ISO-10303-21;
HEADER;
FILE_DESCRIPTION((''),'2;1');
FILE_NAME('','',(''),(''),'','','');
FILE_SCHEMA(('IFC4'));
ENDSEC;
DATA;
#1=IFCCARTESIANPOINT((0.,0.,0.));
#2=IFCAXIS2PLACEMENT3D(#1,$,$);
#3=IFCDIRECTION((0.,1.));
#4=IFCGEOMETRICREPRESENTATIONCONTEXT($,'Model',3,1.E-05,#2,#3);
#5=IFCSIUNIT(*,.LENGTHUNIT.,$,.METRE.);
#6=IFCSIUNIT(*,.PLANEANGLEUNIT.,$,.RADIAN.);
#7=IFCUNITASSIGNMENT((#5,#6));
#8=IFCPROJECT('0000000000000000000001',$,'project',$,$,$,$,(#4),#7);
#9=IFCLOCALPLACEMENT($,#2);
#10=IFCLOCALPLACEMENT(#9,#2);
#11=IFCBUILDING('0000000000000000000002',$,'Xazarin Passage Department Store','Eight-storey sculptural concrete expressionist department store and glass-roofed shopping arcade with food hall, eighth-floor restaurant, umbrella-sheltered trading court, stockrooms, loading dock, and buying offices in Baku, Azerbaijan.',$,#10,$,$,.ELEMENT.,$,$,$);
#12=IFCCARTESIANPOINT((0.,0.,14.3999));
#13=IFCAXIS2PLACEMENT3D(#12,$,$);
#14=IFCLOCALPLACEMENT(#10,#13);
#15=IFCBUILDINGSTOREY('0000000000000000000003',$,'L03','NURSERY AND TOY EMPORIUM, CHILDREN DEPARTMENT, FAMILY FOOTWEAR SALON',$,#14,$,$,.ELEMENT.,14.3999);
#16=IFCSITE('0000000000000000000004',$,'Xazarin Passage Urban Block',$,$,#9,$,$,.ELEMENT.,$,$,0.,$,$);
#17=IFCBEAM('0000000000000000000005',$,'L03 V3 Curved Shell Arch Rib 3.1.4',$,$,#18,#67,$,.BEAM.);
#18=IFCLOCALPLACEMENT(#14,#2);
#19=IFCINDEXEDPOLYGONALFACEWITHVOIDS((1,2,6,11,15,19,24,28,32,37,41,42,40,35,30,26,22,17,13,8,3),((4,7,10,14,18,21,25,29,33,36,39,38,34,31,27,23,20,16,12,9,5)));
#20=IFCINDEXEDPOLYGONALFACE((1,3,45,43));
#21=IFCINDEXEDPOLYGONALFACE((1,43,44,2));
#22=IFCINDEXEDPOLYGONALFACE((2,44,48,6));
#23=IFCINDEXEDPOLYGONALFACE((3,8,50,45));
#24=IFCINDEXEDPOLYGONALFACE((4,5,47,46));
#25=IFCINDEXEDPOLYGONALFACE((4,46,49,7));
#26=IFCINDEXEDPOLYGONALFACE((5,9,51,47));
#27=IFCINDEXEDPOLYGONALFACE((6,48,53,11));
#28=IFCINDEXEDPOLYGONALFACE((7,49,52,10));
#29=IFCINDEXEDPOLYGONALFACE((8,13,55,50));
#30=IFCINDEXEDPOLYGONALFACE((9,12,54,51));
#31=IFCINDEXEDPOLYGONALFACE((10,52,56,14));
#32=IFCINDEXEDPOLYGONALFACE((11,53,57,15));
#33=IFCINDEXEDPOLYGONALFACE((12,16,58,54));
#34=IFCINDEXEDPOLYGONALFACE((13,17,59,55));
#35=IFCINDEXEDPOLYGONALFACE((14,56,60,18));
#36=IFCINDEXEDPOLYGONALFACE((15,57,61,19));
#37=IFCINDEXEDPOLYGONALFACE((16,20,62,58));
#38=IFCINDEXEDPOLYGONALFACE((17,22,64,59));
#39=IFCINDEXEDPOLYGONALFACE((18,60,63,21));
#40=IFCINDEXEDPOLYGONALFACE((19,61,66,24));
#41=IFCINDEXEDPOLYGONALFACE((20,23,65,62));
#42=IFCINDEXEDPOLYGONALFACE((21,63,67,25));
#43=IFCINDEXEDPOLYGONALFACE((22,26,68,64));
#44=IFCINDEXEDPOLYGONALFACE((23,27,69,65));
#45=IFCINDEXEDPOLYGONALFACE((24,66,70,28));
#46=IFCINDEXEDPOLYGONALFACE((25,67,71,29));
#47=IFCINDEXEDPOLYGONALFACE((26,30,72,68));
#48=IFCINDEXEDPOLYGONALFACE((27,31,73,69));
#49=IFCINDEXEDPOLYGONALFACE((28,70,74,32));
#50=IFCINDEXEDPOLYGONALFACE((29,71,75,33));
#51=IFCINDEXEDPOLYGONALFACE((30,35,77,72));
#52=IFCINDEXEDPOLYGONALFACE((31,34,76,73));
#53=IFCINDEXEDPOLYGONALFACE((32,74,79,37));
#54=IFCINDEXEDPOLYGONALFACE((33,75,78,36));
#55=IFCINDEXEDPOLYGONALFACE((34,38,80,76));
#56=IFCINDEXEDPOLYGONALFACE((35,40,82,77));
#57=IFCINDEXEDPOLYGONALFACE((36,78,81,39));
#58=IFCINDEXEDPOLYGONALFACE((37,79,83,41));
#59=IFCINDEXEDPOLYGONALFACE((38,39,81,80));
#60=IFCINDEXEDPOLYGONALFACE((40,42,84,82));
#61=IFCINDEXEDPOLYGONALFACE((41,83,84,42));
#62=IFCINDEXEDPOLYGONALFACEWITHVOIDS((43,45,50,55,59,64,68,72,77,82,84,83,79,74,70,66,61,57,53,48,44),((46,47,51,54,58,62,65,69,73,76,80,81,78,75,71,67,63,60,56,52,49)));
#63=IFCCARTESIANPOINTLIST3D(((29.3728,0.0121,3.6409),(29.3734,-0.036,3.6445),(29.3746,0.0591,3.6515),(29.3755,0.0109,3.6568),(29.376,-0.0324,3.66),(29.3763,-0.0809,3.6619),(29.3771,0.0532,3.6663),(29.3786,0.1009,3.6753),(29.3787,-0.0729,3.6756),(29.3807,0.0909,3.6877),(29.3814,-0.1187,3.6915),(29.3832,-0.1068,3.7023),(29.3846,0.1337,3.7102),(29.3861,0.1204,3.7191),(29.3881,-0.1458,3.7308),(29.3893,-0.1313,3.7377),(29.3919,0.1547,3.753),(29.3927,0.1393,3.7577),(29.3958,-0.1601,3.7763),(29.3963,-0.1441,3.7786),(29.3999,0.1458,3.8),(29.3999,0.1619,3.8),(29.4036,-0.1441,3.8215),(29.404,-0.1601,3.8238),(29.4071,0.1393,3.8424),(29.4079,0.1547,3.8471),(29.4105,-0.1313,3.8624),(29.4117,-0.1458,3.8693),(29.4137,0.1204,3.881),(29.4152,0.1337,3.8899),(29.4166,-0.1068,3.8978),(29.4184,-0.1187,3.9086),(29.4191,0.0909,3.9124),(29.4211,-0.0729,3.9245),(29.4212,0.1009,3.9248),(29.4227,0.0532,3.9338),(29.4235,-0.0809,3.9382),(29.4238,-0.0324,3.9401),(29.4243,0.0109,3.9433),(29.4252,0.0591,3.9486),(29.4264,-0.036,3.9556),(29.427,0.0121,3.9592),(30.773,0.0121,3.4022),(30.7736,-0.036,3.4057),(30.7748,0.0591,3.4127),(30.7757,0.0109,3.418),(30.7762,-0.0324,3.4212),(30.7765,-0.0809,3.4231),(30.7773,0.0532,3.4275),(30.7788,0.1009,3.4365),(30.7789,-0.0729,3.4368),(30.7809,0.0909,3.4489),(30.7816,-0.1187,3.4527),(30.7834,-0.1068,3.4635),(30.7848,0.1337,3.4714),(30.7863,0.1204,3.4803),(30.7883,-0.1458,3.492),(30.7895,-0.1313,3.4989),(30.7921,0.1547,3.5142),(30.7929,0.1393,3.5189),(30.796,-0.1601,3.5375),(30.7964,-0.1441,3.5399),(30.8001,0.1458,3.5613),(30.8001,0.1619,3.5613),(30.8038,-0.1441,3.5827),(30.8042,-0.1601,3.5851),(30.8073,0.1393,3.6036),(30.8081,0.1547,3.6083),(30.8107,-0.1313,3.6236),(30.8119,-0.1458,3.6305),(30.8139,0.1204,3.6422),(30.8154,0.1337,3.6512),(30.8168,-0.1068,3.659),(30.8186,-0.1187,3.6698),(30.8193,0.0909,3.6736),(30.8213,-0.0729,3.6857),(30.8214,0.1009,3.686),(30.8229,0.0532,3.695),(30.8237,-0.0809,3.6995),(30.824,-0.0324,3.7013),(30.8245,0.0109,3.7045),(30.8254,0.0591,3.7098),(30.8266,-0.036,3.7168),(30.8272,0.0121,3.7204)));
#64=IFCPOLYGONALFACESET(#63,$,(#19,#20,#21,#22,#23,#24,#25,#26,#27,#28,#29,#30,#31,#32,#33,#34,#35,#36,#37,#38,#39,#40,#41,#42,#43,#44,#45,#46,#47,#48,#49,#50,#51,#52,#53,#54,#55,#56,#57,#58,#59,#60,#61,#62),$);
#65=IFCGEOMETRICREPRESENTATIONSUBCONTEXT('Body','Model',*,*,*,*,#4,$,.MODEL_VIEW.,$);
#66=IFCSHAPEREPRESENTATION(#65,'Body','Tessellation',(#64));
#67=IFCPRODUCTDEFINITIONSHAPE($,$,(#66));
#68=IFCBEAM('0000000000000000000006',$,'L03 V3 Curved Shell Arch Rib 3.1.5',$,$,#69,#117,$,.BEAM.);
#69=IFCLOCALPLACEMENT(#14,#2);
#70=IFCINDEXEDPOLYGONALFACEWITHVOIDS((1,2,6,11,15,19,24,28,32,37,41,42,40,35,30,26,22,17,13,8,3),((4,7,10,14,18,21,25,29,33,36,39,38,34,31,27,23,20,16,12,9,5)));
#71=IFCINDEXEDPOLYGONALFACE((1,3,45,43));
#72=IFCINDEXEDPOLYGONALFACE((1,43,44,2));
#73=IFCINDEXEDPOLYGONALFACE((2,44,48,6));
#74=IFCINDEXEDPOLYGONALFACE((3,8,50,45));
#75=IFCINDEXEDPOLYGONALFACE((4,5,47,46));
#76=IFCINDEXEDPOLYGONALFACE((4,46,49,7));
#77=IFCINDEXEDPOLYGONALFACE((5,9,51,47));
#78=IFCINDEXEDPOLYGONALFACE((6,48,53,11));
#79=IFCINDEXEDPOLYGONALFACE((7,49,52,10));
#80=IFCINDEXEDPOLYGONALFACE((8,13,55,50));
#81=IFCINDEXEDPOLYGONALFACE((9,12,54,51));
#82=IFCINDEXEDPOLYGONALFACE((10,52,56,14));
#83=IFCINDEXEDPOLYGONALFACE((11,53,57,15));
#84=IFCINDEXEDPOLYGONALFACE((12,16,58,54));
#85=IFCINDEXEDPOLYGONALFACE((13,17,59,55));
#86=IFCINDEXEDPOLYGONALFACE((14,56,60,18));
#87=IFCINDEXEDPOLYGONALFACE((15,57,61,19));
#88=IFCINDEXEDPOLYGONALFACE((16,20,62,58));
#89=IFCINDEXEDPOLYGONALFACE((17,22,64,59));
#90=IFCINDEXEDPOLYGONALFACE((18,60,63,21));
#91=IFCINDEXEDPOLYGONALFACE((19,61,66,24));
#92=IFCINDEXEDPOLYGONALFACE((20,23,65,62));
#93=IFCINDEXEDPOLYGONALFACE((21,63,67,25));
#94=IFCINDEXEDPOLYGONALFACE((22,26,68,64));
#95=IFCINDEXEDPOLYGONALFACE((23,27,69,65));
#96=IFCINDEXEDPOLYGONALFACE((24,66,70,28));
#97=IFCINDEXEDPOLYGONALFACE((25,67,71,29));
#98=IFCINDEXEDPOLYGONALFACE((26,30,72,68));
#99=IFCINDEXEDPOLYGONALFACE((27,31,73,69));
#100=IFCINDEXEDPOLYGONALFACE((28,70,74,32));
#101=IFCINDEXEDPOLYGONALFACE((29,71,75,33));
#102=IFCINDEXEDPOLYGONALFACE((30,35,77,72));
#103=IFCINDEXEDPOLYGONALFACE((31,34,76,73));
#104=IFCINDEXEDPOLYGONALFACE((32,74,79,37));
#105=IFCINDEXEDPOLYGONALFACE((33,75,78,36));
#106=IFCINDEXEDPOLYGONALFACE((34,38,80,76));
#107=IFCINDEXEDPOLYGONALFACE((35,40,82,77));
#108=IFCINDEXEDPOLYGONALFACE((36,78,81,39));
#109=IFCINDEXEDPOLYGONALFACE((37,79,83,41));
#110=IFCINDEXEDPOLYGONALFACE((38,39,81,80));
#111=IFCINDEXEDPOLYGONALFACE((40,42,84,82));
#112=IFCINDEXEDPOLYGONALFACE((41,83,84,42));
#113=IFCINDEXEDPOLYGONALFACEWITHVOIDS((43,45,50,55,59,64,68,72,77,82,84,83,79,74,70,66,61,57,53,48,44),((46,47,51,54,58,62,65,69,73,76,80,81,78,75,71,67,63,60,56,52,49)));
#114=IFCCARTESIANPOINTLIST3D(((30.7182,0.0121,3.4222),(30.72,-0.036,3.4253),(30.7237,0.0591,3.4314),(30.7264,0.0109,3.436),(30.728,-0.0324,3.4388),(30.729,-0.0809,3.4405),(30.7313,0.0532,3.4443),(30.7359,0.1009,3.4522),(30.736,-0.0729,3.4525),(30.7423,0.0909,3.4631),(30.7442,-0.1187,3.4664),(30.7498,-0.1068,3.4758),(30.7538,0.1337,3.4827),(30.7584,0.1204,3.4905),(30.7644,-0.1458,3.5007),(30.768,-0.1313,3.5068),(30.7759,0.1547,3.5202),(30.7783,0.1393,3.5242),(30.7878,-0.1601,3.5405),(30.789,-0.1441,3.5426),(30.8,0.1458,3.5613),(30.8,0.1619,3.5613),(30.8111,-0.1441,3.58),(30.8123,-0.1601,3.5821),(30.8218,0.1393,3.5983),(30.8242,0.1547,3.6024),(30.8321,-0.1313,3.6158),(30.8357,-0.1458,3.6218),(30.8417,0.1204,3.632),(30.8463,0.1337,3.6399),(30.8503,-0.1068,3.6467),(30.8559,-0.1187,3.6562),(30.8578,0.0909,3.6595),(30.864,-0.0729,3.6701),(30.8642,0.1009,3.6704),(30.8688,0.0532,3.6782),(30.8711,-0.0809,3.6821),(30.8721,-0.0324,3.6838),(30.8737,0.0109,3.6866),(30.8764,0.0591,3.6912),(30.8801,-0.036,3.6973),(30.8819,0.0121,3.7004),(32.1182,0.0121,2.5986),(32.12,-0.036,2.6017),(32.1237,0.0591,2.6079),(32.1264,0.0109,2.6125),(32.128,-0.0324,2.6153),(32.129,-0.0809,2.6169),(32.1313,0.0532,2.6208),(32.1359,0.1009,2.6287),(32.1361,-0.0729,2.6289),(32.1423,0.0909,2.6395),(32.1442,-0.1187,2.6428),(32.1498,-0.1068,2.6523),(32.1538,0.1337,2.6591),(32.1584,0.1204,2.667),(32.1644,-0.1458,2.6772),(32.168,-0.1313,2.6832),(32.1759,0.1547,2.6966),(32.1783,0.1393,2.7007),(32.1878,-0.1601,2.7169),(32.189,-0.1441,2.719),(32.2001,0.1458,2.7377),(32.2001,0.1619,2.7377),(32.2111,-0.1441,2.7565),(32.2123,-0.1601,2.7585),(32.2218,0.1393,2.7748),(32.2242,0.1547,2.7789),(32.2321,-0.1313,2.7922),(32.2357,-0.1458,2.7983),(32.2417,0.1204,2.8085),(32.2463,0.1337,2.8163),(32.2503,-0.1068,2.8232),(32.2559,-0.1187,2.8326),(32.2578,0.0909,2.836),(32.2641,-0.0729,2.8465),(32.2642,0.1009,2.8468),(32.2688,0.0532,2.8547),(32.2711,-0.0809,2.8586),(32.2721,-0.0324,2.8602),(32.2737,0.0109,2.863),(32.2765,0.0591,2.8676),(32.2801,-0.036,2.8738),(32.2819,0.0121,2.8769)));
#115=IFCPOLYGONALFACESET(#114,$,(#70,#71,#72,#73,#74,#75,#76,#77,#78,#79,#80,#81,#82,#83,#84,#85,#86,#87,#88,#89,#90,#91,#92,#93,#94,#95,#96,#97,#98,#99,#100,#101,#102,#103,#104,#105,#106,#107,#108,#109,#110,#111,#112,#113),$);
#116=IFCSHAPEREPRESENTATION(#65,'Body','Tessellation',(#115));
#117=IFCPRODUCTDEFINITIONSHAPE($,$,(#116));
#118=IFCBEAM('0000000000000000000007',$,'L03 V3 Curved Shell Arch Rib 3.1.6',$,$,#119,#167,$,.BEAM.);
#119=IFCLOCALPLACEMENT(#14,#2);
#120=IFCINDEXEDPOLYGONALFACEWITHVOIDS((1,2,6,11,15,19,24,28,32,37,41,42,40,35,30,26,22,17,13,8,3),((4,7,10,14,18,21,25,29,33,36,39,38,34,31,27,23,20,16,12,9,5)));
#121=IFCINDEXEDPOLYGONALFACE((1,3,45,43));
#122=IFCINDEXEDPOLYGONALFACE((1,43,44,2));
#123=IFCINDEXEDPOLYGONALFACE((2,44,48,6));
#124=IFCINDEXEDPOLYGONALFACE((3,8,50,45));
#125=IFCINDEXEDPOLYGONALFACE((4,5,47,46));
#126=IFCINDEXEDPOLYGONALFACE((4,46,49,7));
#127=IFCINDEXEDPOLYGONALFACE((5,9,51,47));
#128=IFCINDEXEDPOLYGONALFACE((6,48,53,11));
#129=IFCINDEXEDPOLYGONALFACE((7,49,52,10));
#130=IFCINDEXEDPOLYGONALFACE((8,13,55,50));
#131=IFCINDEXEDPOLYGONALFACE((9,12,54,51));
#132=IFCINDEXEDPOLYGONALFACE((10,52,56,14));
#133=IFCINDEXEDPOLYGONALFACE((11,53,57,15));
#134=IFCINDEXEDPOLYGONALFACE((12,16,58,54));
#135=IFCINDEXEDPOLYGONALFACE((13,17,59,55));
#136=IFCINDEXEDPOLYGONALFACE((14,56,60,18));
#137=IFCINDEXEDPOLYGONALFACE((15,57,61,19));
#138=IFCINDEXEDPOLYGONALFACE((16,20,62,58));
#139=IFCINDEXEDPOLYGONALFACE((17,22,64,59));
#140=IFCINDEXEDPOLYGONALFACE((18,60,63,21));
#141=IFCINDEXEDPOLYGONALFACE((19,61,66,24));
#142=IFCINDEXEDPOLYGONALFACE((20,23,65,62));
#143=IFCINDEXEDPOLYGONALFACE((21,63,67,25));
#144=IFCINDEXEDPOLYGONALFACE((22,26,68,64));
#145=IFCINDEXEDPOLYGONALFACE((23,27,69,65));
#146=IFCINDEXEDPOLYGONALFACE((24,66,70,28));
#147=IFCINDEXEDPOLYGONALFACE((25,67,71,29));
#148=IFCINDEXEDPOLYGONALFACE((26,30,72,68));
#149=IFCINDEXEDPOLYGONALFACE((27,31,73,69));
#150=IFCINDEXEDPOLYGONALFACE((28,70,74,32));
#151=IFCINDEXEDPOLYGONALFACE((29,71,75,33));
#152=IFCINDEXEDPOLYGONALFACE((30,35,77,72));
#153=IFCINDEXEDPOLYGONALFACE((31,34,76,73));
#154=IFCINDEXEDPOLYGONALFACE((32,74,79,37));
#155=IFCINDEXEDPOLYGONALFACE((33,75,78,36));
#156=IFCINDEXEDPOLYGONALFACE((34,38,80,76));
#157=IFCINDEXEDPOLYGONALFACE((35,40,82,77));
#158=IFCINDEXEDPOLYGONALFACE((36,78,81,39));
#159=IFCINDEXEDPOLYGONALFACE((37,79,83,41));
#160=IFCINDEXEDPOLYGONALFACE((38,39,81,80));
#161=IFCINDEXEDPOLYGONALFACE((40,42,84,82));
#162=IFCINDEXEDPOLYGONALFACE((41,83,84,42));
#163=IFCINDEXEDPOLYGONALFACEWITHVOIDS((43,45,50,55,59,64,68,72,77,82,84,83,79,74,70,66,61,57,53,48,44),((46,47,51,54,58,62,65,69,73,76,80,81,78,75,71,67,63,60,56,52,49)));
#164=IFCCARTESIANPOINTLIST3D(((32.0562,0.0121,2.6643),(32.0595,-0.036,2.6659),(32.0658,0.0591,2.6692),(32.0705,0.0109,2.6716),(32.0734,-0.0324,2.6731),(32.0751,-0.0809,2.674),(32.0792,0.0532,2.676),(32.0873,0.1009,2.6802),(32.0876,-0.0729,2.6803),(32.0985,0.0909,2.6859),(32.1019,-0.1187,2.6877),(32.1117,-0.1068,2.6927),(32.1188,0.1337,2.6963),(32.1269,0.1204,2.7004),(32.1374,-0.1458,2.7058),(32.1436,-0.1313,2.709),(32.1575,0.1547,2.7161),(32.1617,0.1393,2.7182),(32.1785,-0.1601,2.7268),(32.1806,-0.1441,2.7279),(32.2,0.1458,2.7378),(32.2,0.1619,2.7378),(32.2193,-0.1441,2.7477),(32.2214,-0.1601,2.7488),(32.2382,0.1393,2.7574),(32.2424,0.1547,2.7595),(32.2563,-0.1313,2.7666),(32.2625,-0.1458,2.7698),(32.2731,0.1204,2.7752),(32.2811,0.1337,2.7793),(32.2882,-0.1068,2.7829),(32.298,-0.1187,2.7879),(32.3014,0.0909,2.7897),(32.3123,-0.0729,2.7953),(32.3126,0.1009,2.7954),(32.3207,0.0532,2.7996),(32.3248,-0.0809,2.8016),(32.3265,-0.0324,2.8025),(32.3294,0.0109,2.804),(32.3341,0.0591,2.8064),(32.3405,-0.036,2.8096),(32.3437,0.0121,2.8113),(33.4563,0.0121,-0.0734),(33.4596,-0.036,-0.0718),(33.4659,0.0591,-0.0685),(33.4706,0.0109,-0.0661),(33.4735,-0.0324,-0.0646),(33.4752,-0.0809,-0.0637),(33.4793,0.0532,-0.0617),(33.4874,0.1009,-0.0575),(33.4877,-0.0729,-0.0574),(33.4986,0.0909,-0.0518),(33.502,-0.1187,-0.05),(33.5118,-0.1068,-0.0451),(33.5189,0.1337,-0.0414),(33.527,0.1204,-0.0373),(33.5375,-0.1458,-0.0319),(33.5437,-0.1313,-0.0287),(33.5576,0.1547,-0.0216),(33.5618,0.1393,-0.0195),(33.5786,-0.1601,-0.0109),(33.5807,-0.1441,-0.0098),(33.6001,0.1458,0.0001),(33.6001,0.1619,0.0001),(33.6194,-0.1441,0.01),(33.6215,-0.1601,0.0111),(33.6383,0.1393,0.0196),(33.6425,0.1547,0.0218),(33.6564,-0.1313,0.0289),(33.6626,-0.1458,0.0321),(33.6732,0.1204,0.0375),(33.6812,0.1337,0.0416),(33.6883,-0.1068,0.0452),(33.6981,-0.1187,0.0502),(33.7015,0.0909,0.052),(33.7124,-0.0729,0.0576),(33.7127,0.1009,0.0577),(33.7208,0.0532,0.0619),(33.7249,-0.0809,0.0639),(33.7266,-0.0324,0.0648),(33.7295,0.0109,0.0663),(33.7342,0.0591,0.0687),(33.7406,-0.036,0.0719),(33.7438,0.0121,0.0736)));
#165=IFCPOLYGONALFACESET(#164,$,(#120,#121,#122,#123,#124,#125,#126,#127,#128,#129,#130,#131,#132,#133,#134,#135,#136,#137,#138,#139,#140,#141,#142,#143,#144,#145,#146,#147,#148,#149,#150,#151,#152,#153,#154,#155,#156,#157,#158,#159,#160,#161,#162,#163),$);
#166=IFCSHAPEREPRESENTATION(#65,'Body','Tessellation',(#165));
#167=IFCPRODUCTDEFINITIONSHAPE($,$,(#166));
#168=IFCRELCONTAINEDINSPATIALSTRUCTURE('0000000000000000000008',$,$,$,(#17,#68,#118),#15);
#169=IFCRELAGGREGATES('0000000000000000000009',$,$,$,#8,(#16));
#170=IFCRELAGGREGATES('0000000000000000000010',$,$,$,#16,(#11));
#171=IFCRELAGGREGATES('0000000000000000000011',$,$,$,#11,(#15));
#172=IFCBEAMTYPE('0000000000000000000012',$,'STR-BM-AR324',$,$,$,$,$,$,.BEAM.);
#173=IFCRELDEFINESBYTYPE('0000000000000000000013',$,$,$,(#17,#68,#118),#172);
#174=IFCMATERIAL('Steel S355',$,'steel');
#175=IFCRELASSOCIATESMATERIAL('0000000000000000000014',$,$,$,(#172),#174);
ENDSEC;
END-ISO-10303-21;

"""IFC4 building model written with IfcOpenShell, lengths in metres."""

from ifc_helpers import new_model, si_unit, direction, frame, origin, origin_2d, place, context, subcontext, project, spatial, hollow_circle, extrude, material, material_profile, profile_set, type_object, element, save


model = new_model("IFC4")

# Units and contexts
model_context = context("Model", 3, precision=1e-05, world=origin(), true_north=direction((0.0, 1.0)))
body_context = subcontext(model_context, "Body", "Model", "MODEL_VIEW")
ifc_project = project(units=[si_unit("LENGTHUNIT", "METRE"), si_unit("PLANEANGLEUNIT", "RADIAN")], contexts=[model_context])

# Site, building, storey
site_placement = place(None, origin())
site = spatial("IfcSite", under=ifc_project, at=site_placement, Name="Xazarin Passage Urban Block", CompositionType="ELEMENT", RefElevation=0.0)
building_placement = place(site_placement, origin())
building = spatial("IfcBuilding", under=site, at=building_placement, Name="Xazarin Passage Department Store", Description="Eight-storey sculptural concrete expressionist department store and glass-roofed shopping arcade with food hall, eighth-floor restaurant, umbrella-sheltered trading court, stockrooms, loading dock, and buying offices in Baku, Azerbaijan.", CompositionType="ELEMENT")
storey_placement = place(building_placement, frame((0.0, 0.0, 14.3999)))
storey = spatial("IfcBuildingStorey", under=building, at=storey_placement, Name="L03", Description="NURSERY AND TOY EMPORIUM, CHILDREN DEPARTMENT, FAMILY FOOTWEAR SALON", CompositionType="ELEMENT", Elevation=14.3999)

# Beams
ifc_material_1 = material(Name="Steel S355", Category="steel")
ifc_material_profile_1 = material_profile(ifc_material_1, hollow_circle(Radius=0.1619, WallThickness=0.0161, at=origin_2d()), Name="CHS 323.9x16")
ifc_profile_set_1 = profile_set([ifc_material_profile_1], Name="Steel S355")
beam_type_1 = type_object("IfcBeamType", Name="STR-BM-AR324", PredefinedType="BEAM", material=ifc_profile_set_1)
beam_1_placement = place(storey_placement, frame((29.3999, 0.0, 3.8), z_axis=(0.985769, 0.0, -0.168105), x_axis=(0.0, 1.0, 0.0)))
element("IfcBeam", 1, at=beam_1_placement, inside=storey, type_object=beam_type_1, Name="L03 V3 Curved Shell Arch Rib 3.1.4", PredefinedType="BEAM", context=body_context, shape_type="SweptSolid", body=[
    extrude(hollow_circle(Radius=0.1619, WallThickness=0.0161, at=origin_2d()), origin(), (0.0, 0.0, 1.0), 1.4204),
])
beam_2_placement = place(storey_placement, frame((30.8, 0.0, 3.5613), z_axis=(0.86193, 0.0, -0.507027), x_axis=(0.0, 1.0, 0.0)))
element("IfcBeam", 2, at=beam_2_placement, inside=storey, type_object=beam_type_1, Name="L03 V3 Curved Shell Arch Rib 3.1.5", PredefinedType="BEAM", context=body_context, shape_type="SweptSolid", body=[
    extrude(hollow_circle(Radius=0.1619, WallThickness=0.0161, at=origin_2d()), origin(), (0.0, 0.0, 1.0), 1.6243),
])
for number, where, z_axis, x_axis, name in (
    (3, (32.2, 0.0, 2.7378), (0.455325, 0.0, -0.890325), (0.0, 1.0, 0.0), "L03 V3 Curved Shell Arch Rib 3.1.6"),
):
    element("IfcBeam", number, at=place(storey_placement, frame(where, z_axis=z_axis, x_axis=x_axis)), inside=storey, type_object=beam_type_1, Name=name, PredefinedType="BEAM", context=body_context, shape_type="SweptSolid", body=[
        extrude(hollow_circle(Radius=0.1619, WallThickness=0.0161, at=origin_2d()), origin(), (0.0, 0.0, 1.0), 3.075),
    ])

save(model, "model.ifc")
